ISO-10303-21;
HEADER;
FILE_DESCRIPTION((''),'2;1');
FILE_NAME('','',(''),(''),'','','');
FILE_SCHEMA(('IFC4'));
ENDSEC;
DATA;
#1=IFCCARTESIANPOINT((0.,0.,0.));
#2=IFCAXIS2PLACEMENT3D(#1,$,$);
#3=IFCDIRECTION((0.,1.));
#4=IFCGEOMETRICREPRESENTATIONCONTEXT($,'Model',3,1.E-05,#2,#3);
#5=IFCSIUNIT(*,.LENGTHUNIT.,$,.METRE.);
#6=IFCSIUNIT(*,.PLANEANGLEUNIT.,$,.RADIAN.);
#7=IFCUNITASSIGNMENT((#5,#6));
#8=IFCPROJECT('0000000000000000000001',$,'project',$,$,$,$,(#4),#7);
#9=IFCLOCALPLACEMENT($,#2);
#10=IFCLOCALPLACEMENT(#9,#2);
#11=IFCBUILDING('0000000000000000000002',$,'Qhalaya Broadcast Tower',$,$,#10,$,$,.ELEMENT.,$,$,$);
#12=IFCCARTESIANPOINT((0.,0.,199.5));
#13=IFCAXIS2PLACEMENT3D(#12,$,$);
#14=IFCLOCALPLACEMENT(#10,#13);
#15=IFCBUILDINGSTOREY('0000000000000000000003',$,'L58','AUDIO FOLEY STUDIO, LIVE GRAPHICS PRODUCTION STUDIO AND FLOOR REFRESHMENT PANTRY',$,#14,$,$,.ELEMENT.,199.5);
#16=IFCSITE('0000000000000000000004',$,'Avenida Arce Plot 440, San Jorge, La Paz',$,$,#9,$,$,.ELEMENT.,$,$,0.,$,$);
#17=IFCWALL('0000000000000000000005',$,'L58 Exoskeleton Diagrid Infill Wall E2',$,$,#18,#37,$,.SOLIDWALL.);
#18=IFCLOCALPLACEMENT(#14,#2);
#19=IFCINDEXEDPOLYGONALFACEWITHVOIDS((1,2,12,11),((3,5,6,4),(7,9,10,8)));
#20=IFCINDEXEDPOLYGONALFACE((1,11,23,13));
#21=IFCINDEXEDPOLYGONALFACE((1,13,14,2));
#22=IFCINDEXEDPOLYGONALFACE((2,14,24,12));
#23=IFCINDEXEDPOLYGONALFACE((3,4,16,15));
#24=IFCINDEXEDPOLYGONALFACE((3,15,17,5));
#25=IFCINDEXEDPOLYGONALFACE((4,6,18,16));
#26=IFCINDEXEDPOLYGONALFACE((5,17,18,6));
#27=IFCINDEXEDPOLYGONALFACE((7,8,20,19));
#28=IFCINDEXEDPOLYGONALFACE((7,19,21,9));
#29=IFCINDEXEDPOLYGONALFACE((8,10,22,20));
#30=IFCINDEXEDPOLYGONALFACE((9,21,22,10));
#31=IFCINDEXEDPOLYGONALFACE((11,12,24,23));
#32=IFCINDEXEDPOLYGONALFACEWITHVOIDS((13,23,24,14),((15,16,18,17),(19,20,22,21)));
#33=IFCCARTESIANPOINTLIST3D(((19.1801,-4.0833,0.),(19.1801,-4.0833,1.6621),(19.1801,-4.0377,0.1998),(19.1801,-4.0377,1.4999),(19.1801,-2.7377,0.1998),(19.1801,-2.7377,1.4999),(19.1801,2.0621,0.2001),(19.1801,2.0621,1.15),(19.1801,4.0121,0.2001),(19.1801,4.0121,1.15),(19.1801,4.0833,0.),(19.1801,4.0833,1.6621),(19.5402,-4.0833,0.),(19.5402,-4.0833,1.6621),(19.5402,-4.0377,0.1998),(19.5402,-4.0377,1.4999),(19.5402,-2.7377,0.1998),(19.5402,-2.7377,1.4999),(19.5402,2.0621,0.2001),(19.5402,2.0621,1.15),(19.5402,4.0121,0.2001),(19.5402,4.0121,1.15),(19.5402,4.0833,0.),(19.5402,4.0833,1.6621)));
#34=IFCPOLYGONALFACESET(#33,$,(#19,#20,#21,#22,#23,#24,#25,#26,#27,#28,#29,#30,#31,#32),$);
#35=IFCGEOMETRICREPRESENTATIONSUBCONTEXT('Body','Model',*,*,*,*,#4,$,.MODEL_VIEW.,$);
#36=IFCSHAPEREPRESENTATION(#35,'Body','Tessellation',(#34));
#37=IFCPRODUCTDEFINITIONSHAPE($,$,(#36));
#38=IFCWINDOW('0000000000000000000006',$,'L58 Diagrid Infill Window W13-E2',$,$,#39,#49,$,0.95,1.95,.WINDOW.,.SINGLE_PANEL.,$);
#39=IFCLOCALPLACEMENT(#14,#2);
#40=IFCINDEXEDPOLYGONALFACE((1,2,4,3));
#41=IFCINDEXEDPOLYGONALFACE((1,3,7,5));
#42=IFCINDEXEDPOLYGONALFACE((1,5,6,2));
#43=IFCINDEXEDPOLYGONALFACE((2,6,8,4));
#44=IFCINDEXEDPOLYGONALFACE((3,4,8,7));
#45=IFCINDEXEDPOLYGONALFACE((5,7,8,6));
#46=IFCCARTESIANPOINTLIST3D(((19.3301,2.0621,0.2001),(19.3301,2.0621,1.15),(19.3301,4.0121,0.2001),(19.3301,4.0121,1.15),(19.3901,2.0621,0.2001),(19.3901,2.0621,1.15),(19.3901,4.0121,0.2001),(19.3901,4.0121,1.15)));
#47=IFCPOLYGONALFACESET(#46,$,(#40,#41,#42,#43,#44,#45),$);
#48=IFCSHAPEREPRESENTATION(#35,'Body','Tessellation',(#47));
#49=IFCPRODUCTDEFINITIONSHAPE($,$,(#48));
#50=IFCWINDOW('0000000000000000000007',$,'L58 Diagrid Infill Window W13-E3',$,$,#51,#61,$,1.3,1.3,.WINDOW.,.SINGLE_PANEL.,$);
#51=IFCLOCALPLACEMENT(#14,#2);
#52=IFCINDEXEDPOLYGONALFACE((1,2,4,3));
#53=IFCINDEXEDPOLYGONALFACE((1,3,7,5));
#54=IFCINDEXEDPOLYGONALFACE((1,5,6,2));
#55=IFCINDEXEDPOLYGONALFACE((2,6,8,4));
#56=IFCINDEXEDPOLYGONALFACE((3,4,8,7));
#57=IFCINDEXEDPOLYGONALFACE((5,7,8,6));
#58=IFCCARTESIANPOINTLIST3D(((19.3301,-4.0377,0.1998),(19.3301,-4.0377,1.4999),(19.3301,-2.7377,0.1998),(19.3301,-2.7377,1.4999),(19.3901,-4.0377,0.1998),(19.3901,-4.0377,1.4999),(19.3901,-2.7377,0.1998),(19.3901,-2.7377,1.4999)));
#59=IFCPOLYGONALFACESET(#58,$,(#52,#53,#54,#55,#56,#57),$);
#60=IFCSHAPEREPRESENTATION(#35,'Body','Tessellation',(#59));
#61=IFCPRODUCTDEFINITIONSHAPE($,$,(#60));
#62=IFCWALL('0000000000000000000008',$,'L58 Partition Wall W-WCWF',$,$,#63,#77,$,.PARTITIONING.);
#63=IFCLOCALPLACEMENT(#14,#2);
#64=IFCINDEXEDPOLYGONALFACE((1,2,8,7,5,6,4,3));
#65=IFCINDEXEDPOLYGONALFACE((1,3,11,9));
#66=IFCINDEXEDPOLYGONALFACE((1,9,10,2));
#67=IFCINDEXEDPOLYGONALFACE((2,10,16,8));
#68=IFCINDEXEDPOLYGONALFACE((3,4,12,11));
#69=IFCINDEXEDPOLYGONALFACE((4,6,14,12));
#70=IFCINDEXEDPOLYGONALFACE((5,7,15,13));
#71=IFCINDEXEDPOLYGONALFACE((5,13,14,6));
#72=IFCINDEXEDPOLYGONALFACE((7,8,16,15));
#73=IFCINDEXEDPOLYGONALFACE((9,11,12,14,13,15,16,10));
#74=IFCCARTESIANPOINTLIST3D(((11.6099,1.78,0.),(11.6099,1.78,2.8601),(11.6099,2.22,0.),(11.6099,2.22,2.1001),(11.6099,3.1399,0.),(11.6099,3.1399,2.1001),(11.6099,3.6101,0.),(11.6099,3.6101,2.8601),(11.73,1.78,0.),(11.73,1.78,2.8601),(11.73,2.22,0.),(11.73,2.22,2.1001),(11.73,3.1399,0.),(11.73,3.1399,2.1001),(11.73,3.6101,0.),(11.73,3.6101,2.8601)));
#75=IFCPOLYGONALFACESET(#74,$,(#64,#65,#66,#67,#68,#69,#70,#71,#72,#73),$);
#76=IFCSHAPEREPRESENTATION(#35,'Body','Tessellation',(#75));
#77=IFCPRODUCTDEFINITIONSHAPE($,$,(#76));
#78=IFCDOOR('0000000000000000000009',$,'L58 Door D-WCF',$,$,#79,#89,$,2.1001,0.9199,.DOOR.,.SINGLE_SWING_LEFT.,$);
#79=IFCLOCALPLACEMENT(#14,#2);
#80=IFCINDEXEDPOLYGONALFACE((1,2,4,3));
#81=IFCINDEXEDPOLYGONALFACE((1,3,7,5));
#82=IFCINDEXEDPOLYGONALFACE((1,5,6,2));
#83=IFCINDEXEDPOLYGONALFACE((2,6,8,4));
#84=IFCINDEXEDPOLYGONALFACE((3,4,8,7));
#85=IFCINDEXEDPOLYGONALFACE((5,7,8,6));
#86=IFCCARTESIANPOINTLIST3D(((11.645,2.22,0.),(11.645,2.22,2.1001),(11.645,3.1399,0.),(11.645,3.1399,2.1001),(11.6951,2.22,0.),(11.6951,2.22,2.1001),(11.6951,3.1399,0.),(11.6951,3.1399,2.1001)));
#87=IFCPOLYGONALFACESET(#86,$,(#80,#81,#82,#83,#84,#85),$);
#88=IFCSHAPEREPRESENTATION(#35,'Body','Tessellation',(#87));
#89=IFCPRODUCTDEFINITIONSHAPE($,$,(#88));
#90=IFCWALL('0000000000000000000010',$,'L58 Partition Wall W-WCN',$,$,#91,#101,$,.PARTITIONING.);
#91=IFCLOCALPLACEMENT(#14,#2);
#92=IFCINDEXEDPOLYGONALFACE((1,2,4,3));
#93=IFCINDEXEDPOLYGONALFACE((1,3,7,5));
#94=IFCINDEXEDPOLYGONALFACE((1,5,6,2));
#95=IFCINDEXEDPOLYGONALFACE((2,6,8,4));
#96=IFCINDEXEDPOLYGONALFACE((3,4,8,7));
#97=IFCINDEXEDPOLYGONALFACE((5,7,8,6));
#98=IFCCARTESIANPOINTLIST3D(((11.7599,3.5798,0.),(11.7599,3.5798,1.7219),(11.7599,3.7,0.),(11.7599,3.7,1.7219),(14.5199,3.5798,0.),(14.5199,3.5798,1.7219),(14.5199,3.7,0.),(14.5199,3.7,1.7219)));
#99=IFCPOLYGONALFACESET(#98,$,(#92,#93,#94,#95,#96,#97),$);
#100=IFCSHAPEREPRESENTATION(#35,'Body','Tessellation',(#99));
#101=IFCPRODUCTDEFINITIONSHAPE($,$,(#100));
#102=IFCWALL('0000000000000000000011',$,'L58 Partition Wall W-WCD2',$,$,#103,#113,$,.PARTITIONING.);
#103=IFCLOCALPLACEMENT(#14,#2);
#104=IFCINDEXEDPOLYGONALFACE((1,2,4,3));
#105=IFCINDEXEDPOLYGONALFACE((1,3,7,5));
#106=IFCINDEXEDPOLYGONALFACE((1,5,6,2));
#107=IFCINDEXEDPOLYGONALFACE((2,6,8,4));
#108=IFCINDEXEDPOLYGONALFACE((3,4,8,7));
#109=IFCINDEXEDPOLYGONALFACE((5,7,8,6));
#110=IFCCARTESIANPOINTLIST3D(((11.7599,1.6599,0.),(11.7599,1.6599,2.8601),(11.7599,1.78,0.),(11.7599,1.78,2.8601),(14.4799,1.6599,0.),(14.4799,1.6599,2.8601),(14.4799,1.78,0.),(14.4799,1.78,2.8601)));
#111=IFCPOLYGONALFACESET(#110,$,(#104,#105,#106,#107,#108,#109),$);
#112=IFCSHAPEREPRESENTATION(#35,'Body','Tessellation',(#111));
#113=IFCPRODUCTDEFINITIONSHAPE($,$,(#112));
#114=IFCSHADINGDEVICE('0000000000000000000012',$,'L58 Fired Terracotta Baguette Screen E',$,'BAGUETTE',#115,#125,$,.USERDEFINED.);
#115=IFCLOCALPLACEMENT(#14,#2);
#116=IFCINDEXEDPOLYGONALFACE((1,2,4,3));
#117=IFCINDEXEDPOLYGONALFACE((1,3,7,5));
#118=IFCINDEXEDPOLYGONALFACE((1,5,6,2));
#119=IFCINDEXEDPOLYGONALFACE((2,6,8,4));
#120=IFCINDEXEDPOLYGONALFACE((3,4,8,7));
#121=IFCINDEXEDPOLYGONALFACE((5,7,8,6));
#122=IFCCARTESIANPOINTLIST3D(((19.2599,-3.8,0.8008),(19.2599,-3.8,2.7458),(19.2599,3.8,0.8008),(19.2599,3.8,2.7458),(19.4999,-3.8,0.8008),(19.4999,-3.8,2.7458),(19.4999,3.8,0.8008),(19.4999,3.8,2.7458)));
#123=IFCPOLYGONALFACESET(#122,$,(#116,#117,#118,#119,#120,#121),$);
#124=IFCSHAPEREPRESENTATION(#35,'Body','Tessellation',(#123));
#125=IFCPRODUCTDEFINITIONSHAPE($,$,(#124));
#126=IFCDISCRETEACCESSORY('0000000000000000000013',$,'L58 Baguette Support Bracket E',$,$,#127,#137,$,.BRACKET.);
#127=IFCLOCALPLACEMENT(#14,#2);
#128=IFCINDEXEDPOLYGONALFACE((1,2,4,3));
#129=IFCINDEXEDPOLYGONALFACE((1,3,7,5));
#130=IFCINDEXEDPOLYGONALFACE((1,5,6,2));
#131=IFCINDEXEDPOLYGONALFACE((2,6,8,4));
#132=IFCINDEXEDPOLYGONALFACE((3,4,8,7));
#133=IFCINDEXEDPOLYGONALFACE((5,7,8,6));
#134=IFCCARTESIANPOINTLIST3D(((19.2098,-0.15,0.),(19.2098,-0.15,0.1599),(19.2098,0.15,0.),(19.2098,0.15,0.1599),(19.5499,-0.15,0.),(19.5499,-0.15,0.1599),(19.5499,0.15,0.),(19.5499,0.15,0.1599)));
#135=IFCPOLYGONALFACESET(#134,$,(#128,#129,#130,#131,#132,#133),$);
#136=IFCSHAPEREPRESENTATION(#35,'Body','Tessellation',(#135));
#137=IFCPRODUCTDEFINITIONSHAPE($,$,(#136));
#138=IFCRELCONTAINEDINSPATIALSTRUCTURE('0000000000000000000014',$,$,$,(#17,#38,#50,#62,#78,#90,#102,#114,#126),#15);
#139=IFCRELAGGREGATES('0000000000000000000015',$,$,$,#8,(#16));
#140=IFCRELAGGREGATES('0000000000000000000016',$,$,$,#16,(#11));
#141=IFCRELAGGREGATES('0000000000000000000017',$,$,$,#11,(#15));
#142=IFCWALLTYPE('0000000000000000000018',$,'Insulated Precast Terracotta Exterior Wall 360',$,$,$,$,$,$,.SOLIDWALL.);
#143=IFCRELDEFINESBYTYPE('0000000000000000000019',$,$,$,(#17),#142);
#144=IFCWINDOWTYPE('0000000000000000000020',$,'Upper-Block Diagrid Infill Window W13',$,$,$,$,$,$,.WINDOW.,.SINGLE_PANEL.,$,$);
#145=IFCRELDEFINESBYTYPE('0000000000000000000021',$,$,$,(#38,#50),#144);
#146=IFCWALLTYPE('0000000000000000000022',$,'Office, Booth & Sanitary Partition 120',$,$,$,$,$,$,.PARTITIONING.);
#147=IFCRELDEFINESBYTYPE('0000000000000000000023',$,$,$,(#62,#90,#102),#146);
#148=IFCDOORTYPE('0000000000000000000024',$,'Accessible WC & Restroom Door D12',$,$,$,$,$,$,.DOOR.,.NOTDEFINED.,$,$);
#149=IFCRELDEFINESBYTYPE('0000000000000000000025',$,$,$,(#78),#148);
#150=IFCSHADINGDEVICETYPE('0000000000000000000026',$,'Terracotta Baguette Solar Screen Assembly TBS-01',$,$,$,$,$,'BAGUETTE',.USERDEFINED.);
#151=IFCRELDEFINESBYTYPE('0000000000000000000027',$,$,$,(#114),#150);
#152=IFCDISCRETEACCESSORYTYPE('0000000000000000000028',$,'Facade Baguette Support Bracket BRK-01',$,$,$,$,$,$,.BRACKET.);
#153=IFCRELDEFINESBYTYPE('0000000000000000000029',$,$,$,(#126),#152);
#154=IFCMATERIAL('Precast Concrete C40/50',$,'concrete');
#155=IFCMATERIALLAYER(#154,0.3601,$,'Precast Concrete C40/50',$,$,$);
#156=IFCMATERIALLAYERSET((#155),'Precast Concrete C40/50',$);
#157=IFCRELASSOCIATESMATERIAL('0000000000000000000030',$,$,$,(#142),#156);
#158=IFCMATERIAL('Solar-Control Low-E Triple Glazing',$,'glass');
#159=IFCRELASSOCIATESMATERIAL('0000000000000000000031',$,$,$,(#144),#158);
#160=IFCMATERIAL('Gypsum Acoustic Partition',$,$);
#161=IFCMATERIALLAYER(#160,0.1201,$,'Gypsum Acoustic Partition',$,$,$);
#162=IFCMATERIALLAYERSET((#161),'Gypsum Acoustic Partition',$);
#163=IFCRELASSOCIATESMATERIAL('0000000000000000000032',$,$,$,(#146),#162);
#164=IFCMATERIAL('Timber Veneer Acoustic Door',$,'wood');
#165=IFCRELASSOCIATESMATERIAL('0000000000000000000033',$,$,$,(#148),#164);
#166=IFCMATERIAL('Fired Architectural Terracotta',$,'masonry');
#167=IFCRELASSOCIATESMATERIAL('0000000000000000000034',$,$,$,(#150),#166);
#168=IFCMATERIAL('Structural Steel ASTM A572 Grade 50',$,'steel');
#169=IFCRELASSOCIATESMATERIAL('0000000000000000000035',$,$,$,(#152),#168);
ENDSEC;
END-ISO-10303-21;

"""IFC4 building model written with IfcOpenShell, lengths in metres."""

from ifc_helpers import new_model, si_unit, direction, frame, frame_2d, origin, origin_2d, place, context, subcontext, project, spatial, rectangle, extrude, material, layer, layer_set, type_object, element, fill, save


model = new_model("IFC4")

# Units and contexts
model_context = context("Model", 3, precision=1e-05, world=origin(), true_north=direction((0.0, 1.0)))
body_context = subcontext(model_context, "Body", "Model", "MODEL_VIEW")
ifc_project = project(units=[si_unit("LENGTHUNIT", "METRE"), si_unit("PLANEANGLEUNIT", "RADIAN")], contexts=[model_context])

# Site, building, storey
site_placement = place(None, origin())
site = spatial("IfcSite", under=ifc_project, at=site_placement, Name="Avenida Arce Plot 440, San Jorge, La Paz", CompositionType="ELEMENT", RefElevation=0.0)
building_placement = place(site_placement, origin())
building = spatial("IfcBuilding", under=site, at=building_placement, Name="Qhalaya Broadcast Tower", CompositionType="ELEMENT")
storey_placement = place(building_placement, frame((0.0, 0.0, 199.5)))
storey = spatial("IfcBuildingStorey", under=building, at=storey_placement, Name="L58", Description="AUDIO FOLEY STUDIO, LIVE GRAPHICS PRODUCTION STUDIO AND FLOOR REFRESHMENT PANTRY", CompositionType="ELEMENT", Elevation=199.5)

# Shared definitions
ifc_material_1 = material(Name="Structural Steel ASTM A572 Grade 50", Category="steel")

# Shared definitions
ifc_material_2 = material(Name="Gypsum Acoustic Partition")
ifc_material_3 = material(Name="Timber Veneer Acoustic Door", Category="wood")

# Wall, openings, windows
ifc_material_4 = material(Name="Precast Concrete C40/50", Category="concrete")
ifc_layer_1 = layer(ifc_material_4, 0.3601, Name="Precast Concrete C40/50")
ifc_layer_set_1 = layer_set([ifc_layer_1], Name="Precast Concrete C40/50")
wall_type_1 = type_object("IfcWallType", Name="Insulated Precast Terracotta Exterior Wall 360", PredefinedType="SOLIDWALL", material=ifc_layer_set_1)
wall_1_placement = place(storey_placement, frame((19.3601, 4.0833, 0.0), z_axis=(0.0, 0.0, 1.0), x_axis=(0.0, -1.0, 0.0)))
wall_1 = element("IfcWall", 1, at=wall_1_placement, inside=storey, type_object=wall_type_1, Name="L58 Exoskeleton Diagrid Infill Wall E2", PredefinedType="SOLIDWALL", context=body_context, shape_type="SweptSolid", body=[
    extrude(rectangle(XDim=8.1665, YDim=0.3601, at=frame_2d((4.0833, 0.0))), origin(), (0.0, 0.0, 1.0), 1.6621),
])
opening_1_placement = place(wall_1_placement, frame((0.071, 0.0, 0.2)))
opening_1 = element("IfcOpeningElement", 2, at=opening_1_placement, cuts=wall_1, PredefinedType="OPENING", context=body_context, shape_type="SweptSolid", body=[
    extrude(rectangle(XDim=1.95, YDim=0.95, at=frame_2d((0.9751, 0.4751))), frame((0.0, 0.1921, 0.0), z_axis=(0.0, -1.0, 0.0), x_axis=(1.0, 0.0, 0.0)), (0.0, 0.0, 1.0), 0.384),
])
opening_2_placement = place(wall_1_placement, frame((6.821, 0.0, 0.2)))
opening_2 = element("IfcOpeningElement", 3, at=opening_2_placement, cuts=wall_1, PredefinedType="OPENING", context=body_context, shape_type="SweptSolid", body=[
    extrude(rectangle(XDim=1.3, YDim=1.3, at=frame_2d((0.6499, 0.6499))), frame((0.0, 0.1921, 0.0), z_axis=(0.0, -1.0, 0.0), x_axis=(1.0, 0.0, 0.0)), (0.0, 0.0, 1.0), 0.384),
])
ifc_material_5 = material(Name="Solar-Control Low-E Triple Glazing", Category="glass")
window_type = type_object("IfcWindowType", Name="Upper-Block Diagrid Infill Window W13", PartitioningType="SINGLE_PANEL", PredefinedType="WINDOW", material=ifc_material_5)
window_1_placement = place(opening_1_placement, origin())
window_1 = element("IfcWindow", 4, at=window_1_placement, inside=storey, type_object=window_type, Name="L58 Diagrid Infill Window W13-E2", OverallHeight=0.95, OverallWidth=1.95, PartitioningType="SINGLE_PANEL", PredefinedType="WINDOW", context=body_context, shape_type="SweptSolid", body=[
    extrude(rectangle(XDim=1.95, YDim=0.95, at=frame_2d((0.9751, 0.4751))), frame((0.0, 0.03, 0.0), z_axis=(0.0, -1.0, 0.0), x_axis=(1.0, 0.0, 0.0)), (0.0, 0.0, 1.0), 0.0601),
])
fill(opening_1, window_1)
window_2_placement = place(opening_2_placement, origin())
window_2 = element("IfcWindow", 5, at=window_2_placement, inside=storey, type_object=window_type, Name="L58 Diagrid Infill Window W13-E3", OverallHeight=1.3, OverallWidth=1.3, PartitioningType="SINGLE_PANEL", PredefinedType="WINDOW", context=body_context, shape_type="SweptSolid", body=[
    extrude(rectangle(XDim=1.3, YDim=1.3, at=frame_2d((0.6499, 0.6499))), frame((0.0, 0.03, 0.0), z_axis=(0.0, -1.0, 0.0), x_axis=(1.0, 0.0, 0.0)), (0.0, 0.0, 1.0), 0.0601),
])
fill(opening_2, window_2)

# Wall, opening, door
ifc_layer_2 = layer(ifc_material_2, 0.1201, Name="Gypsum Acoustic Partition")
ifc_layer_set_2 = layer_set([ifc_layer_2], Name="Gypsum Acoustic Partition")
wall_type_2 = type_object("IfcWallType", Name="Office, Booth & Sanitary Partition 120", PredefinedType="PARTITIONING", material=ifc_layer_set_2)
wall_2_placement = place(storey_placement, frame((11.6699, 1.78, 0.0), z_axis=(0.0, 0.0, 1.0), x_axis=(0.0, 1.0, 0.0)))
wall_2 = element("IfcWall", 6, at=wall_2_placement, inside=storey, type_object=wall_type_2, Name="L58 Partition Wall W-WCWF", PredefinedType="PARTITIONING", context=body_context, shape_type="SweptSolid", body=[
    extrude(rectangle(XDim=1.8301, YDim=0.1201, at=frame_2d((0.915, 0.0))), origin(), (0.0, 0.0, 1.0), 2.8601),
])
opening_3_placement = place(wall_2_placement, frame((0.4399, 0.0, 0.0)))
opening_3 = element("IfcOpeningElement", 7, at=opening_3_placement, cuts=wall_2, PredefinedType="OPENING", context=body_context, shape_type="SweptSolid", body=[
    extrude(rectangle(XDim=0.9199, YDim=2.1001, at=frame_2d((0.46, 1.05))), frame((0.0, 0.072, 0.0), z_axis=(0.0, -1.0, 0.0), x_axis=(1.0, 0.0, 0.0)), (0.0, 0.0, 1.0), 0.144),
])
door_type_1 = type_object("IfcDoorType", Name="Accessible WC & Restroom Door D12", OperationType="NOTDEFINED", PredefinedType="DOOR", material=ifc_material_3)
door_1_placement = place(opening_3_placement, origin())
door_1 = element("IfcDoor", 8, at=door_1_placement, inside=storey, type_object=door_type_1, Name="L58 Door D-WCF", OperationType="SINGLE_SWING_LEFT", OverallHeight=2.1001, OverallWidth=0.9199, PredefinedType="DOOR", context=body_context, shape_type="SweptSolid", body=[
    extrude(rectangle(XDim=0.9199, YDim=2.1001, at=frame_2d((0.46, 1.05))), frame((0.0, 0.0249, 0.0), z_axis=(0.0, -1.0, 0.0), x_axis=(1.0, 0.0, 0.0)), (0.0, 0.0, 1.0), 0.05),
])
fill(opening_3, door_1)

# Walls
wall_3_placement = place(storey_placement, frame((11.76, 3.6399, 0.0), z_axis=(0.0, 0.0, 1.0), x_axis=(1.0, 0.0, 0.0)))
element("IfcWall", 9, at=wall_3_placement, inside=storey, type_object=wall_type_2, Name="L58 Partition Wall W-WCN", PredefinedType="PARTITIONING", context=body_context, shape_type="SweptSolid", body=[
    extrude(rectangle(XDim=2.76, YDim=0.1201, at=frame_2d((1.3799, 0.0))), origin(), (0.0, 0.0, 1.0), 1.7219),
])
wall_4_placement = place(storey_placement, frame((11.76, 1.72, 0.0), z_axis=(0.0, 0.0, 1.0), x_axis=(1.0, 0.0, 0.0)))
element("IfcWall", 10, at=wall_4_placement, inside=storey, type_object=wall_type_2, Name="L58 Partition Wall W-WCD2", PredefinedType="PARTITIONING", context=body_context, shape_type="SweptSolid", body=[
    extrude(rectangle(XDim=2.72, YDim=0.1201, at=frame_2d((1.3599, 0.0))), origin(), (0.0, 0.0, 1.0), 2.8601),
])

# Shading device
ifc_material_6 = material(Name="Fired Architectural Terracotta", Category="masonry")
shading_device_type = type_object("IfcShadingDeviceType", Name="Terracotta Baguette Solar Screen Assembly TBS-01", ElementType="BAGUETTE", PredefinedType="USERDEFINED", material=ifc_material_6)
shading_device_placement = place(storey_placement, frame((19.3799, 0.0, 0.8008), z_axis=(0.0, 0.0, 1.0), x_axis=(0.0, 1.0, 0.0)))
element("IfcShadingDevice", 11, at=shading_device_placement, inside=storey, type_object=shading_device_type, Name="L58 Fired Terracotta Baguette Screen E", ObjectType="BAGUETTE", PredefinedType="USERDEFINED", context=body_context, shape_type="SweptSolid", body=[
    extrude(rectangle(XDim=7.6001, YDim=0.24, at=origin_2d()), origin(), (0.0, 0.0, 1.0), 1.9451),
])

# Discrete accessory
discrete_accessory_type = type_object("IfcDiscreteAccessoryType", Name="Facade Baguette Support Bracket BRK-01", PredefinedType="BRACKET", material=ifc_material_1)
discrete_accessory_placement = place(storey_placement, frame((19.3799, 0.0, 0.0), z_axis=(0.0, 0.0, 1.0), x_axis=(0.0, 1.0, 0.0)))
element("IfcDiscreteAccessory", 12, at=discrete_accessory_placement, inside=storey, type_object=discrete_accessory_type, Name="L58 Baguette Support Bracket E", PredefinedType="BRACKET", context=body_context, shape_type="SweptSolid", body=[
    extrude(rectangle(XDim=0.3, YDim=0.3401, at=origin_2d()), origin(), (0.0, 0.0, 1.0), 0.1599),
])

save(model, "model.ifc")
